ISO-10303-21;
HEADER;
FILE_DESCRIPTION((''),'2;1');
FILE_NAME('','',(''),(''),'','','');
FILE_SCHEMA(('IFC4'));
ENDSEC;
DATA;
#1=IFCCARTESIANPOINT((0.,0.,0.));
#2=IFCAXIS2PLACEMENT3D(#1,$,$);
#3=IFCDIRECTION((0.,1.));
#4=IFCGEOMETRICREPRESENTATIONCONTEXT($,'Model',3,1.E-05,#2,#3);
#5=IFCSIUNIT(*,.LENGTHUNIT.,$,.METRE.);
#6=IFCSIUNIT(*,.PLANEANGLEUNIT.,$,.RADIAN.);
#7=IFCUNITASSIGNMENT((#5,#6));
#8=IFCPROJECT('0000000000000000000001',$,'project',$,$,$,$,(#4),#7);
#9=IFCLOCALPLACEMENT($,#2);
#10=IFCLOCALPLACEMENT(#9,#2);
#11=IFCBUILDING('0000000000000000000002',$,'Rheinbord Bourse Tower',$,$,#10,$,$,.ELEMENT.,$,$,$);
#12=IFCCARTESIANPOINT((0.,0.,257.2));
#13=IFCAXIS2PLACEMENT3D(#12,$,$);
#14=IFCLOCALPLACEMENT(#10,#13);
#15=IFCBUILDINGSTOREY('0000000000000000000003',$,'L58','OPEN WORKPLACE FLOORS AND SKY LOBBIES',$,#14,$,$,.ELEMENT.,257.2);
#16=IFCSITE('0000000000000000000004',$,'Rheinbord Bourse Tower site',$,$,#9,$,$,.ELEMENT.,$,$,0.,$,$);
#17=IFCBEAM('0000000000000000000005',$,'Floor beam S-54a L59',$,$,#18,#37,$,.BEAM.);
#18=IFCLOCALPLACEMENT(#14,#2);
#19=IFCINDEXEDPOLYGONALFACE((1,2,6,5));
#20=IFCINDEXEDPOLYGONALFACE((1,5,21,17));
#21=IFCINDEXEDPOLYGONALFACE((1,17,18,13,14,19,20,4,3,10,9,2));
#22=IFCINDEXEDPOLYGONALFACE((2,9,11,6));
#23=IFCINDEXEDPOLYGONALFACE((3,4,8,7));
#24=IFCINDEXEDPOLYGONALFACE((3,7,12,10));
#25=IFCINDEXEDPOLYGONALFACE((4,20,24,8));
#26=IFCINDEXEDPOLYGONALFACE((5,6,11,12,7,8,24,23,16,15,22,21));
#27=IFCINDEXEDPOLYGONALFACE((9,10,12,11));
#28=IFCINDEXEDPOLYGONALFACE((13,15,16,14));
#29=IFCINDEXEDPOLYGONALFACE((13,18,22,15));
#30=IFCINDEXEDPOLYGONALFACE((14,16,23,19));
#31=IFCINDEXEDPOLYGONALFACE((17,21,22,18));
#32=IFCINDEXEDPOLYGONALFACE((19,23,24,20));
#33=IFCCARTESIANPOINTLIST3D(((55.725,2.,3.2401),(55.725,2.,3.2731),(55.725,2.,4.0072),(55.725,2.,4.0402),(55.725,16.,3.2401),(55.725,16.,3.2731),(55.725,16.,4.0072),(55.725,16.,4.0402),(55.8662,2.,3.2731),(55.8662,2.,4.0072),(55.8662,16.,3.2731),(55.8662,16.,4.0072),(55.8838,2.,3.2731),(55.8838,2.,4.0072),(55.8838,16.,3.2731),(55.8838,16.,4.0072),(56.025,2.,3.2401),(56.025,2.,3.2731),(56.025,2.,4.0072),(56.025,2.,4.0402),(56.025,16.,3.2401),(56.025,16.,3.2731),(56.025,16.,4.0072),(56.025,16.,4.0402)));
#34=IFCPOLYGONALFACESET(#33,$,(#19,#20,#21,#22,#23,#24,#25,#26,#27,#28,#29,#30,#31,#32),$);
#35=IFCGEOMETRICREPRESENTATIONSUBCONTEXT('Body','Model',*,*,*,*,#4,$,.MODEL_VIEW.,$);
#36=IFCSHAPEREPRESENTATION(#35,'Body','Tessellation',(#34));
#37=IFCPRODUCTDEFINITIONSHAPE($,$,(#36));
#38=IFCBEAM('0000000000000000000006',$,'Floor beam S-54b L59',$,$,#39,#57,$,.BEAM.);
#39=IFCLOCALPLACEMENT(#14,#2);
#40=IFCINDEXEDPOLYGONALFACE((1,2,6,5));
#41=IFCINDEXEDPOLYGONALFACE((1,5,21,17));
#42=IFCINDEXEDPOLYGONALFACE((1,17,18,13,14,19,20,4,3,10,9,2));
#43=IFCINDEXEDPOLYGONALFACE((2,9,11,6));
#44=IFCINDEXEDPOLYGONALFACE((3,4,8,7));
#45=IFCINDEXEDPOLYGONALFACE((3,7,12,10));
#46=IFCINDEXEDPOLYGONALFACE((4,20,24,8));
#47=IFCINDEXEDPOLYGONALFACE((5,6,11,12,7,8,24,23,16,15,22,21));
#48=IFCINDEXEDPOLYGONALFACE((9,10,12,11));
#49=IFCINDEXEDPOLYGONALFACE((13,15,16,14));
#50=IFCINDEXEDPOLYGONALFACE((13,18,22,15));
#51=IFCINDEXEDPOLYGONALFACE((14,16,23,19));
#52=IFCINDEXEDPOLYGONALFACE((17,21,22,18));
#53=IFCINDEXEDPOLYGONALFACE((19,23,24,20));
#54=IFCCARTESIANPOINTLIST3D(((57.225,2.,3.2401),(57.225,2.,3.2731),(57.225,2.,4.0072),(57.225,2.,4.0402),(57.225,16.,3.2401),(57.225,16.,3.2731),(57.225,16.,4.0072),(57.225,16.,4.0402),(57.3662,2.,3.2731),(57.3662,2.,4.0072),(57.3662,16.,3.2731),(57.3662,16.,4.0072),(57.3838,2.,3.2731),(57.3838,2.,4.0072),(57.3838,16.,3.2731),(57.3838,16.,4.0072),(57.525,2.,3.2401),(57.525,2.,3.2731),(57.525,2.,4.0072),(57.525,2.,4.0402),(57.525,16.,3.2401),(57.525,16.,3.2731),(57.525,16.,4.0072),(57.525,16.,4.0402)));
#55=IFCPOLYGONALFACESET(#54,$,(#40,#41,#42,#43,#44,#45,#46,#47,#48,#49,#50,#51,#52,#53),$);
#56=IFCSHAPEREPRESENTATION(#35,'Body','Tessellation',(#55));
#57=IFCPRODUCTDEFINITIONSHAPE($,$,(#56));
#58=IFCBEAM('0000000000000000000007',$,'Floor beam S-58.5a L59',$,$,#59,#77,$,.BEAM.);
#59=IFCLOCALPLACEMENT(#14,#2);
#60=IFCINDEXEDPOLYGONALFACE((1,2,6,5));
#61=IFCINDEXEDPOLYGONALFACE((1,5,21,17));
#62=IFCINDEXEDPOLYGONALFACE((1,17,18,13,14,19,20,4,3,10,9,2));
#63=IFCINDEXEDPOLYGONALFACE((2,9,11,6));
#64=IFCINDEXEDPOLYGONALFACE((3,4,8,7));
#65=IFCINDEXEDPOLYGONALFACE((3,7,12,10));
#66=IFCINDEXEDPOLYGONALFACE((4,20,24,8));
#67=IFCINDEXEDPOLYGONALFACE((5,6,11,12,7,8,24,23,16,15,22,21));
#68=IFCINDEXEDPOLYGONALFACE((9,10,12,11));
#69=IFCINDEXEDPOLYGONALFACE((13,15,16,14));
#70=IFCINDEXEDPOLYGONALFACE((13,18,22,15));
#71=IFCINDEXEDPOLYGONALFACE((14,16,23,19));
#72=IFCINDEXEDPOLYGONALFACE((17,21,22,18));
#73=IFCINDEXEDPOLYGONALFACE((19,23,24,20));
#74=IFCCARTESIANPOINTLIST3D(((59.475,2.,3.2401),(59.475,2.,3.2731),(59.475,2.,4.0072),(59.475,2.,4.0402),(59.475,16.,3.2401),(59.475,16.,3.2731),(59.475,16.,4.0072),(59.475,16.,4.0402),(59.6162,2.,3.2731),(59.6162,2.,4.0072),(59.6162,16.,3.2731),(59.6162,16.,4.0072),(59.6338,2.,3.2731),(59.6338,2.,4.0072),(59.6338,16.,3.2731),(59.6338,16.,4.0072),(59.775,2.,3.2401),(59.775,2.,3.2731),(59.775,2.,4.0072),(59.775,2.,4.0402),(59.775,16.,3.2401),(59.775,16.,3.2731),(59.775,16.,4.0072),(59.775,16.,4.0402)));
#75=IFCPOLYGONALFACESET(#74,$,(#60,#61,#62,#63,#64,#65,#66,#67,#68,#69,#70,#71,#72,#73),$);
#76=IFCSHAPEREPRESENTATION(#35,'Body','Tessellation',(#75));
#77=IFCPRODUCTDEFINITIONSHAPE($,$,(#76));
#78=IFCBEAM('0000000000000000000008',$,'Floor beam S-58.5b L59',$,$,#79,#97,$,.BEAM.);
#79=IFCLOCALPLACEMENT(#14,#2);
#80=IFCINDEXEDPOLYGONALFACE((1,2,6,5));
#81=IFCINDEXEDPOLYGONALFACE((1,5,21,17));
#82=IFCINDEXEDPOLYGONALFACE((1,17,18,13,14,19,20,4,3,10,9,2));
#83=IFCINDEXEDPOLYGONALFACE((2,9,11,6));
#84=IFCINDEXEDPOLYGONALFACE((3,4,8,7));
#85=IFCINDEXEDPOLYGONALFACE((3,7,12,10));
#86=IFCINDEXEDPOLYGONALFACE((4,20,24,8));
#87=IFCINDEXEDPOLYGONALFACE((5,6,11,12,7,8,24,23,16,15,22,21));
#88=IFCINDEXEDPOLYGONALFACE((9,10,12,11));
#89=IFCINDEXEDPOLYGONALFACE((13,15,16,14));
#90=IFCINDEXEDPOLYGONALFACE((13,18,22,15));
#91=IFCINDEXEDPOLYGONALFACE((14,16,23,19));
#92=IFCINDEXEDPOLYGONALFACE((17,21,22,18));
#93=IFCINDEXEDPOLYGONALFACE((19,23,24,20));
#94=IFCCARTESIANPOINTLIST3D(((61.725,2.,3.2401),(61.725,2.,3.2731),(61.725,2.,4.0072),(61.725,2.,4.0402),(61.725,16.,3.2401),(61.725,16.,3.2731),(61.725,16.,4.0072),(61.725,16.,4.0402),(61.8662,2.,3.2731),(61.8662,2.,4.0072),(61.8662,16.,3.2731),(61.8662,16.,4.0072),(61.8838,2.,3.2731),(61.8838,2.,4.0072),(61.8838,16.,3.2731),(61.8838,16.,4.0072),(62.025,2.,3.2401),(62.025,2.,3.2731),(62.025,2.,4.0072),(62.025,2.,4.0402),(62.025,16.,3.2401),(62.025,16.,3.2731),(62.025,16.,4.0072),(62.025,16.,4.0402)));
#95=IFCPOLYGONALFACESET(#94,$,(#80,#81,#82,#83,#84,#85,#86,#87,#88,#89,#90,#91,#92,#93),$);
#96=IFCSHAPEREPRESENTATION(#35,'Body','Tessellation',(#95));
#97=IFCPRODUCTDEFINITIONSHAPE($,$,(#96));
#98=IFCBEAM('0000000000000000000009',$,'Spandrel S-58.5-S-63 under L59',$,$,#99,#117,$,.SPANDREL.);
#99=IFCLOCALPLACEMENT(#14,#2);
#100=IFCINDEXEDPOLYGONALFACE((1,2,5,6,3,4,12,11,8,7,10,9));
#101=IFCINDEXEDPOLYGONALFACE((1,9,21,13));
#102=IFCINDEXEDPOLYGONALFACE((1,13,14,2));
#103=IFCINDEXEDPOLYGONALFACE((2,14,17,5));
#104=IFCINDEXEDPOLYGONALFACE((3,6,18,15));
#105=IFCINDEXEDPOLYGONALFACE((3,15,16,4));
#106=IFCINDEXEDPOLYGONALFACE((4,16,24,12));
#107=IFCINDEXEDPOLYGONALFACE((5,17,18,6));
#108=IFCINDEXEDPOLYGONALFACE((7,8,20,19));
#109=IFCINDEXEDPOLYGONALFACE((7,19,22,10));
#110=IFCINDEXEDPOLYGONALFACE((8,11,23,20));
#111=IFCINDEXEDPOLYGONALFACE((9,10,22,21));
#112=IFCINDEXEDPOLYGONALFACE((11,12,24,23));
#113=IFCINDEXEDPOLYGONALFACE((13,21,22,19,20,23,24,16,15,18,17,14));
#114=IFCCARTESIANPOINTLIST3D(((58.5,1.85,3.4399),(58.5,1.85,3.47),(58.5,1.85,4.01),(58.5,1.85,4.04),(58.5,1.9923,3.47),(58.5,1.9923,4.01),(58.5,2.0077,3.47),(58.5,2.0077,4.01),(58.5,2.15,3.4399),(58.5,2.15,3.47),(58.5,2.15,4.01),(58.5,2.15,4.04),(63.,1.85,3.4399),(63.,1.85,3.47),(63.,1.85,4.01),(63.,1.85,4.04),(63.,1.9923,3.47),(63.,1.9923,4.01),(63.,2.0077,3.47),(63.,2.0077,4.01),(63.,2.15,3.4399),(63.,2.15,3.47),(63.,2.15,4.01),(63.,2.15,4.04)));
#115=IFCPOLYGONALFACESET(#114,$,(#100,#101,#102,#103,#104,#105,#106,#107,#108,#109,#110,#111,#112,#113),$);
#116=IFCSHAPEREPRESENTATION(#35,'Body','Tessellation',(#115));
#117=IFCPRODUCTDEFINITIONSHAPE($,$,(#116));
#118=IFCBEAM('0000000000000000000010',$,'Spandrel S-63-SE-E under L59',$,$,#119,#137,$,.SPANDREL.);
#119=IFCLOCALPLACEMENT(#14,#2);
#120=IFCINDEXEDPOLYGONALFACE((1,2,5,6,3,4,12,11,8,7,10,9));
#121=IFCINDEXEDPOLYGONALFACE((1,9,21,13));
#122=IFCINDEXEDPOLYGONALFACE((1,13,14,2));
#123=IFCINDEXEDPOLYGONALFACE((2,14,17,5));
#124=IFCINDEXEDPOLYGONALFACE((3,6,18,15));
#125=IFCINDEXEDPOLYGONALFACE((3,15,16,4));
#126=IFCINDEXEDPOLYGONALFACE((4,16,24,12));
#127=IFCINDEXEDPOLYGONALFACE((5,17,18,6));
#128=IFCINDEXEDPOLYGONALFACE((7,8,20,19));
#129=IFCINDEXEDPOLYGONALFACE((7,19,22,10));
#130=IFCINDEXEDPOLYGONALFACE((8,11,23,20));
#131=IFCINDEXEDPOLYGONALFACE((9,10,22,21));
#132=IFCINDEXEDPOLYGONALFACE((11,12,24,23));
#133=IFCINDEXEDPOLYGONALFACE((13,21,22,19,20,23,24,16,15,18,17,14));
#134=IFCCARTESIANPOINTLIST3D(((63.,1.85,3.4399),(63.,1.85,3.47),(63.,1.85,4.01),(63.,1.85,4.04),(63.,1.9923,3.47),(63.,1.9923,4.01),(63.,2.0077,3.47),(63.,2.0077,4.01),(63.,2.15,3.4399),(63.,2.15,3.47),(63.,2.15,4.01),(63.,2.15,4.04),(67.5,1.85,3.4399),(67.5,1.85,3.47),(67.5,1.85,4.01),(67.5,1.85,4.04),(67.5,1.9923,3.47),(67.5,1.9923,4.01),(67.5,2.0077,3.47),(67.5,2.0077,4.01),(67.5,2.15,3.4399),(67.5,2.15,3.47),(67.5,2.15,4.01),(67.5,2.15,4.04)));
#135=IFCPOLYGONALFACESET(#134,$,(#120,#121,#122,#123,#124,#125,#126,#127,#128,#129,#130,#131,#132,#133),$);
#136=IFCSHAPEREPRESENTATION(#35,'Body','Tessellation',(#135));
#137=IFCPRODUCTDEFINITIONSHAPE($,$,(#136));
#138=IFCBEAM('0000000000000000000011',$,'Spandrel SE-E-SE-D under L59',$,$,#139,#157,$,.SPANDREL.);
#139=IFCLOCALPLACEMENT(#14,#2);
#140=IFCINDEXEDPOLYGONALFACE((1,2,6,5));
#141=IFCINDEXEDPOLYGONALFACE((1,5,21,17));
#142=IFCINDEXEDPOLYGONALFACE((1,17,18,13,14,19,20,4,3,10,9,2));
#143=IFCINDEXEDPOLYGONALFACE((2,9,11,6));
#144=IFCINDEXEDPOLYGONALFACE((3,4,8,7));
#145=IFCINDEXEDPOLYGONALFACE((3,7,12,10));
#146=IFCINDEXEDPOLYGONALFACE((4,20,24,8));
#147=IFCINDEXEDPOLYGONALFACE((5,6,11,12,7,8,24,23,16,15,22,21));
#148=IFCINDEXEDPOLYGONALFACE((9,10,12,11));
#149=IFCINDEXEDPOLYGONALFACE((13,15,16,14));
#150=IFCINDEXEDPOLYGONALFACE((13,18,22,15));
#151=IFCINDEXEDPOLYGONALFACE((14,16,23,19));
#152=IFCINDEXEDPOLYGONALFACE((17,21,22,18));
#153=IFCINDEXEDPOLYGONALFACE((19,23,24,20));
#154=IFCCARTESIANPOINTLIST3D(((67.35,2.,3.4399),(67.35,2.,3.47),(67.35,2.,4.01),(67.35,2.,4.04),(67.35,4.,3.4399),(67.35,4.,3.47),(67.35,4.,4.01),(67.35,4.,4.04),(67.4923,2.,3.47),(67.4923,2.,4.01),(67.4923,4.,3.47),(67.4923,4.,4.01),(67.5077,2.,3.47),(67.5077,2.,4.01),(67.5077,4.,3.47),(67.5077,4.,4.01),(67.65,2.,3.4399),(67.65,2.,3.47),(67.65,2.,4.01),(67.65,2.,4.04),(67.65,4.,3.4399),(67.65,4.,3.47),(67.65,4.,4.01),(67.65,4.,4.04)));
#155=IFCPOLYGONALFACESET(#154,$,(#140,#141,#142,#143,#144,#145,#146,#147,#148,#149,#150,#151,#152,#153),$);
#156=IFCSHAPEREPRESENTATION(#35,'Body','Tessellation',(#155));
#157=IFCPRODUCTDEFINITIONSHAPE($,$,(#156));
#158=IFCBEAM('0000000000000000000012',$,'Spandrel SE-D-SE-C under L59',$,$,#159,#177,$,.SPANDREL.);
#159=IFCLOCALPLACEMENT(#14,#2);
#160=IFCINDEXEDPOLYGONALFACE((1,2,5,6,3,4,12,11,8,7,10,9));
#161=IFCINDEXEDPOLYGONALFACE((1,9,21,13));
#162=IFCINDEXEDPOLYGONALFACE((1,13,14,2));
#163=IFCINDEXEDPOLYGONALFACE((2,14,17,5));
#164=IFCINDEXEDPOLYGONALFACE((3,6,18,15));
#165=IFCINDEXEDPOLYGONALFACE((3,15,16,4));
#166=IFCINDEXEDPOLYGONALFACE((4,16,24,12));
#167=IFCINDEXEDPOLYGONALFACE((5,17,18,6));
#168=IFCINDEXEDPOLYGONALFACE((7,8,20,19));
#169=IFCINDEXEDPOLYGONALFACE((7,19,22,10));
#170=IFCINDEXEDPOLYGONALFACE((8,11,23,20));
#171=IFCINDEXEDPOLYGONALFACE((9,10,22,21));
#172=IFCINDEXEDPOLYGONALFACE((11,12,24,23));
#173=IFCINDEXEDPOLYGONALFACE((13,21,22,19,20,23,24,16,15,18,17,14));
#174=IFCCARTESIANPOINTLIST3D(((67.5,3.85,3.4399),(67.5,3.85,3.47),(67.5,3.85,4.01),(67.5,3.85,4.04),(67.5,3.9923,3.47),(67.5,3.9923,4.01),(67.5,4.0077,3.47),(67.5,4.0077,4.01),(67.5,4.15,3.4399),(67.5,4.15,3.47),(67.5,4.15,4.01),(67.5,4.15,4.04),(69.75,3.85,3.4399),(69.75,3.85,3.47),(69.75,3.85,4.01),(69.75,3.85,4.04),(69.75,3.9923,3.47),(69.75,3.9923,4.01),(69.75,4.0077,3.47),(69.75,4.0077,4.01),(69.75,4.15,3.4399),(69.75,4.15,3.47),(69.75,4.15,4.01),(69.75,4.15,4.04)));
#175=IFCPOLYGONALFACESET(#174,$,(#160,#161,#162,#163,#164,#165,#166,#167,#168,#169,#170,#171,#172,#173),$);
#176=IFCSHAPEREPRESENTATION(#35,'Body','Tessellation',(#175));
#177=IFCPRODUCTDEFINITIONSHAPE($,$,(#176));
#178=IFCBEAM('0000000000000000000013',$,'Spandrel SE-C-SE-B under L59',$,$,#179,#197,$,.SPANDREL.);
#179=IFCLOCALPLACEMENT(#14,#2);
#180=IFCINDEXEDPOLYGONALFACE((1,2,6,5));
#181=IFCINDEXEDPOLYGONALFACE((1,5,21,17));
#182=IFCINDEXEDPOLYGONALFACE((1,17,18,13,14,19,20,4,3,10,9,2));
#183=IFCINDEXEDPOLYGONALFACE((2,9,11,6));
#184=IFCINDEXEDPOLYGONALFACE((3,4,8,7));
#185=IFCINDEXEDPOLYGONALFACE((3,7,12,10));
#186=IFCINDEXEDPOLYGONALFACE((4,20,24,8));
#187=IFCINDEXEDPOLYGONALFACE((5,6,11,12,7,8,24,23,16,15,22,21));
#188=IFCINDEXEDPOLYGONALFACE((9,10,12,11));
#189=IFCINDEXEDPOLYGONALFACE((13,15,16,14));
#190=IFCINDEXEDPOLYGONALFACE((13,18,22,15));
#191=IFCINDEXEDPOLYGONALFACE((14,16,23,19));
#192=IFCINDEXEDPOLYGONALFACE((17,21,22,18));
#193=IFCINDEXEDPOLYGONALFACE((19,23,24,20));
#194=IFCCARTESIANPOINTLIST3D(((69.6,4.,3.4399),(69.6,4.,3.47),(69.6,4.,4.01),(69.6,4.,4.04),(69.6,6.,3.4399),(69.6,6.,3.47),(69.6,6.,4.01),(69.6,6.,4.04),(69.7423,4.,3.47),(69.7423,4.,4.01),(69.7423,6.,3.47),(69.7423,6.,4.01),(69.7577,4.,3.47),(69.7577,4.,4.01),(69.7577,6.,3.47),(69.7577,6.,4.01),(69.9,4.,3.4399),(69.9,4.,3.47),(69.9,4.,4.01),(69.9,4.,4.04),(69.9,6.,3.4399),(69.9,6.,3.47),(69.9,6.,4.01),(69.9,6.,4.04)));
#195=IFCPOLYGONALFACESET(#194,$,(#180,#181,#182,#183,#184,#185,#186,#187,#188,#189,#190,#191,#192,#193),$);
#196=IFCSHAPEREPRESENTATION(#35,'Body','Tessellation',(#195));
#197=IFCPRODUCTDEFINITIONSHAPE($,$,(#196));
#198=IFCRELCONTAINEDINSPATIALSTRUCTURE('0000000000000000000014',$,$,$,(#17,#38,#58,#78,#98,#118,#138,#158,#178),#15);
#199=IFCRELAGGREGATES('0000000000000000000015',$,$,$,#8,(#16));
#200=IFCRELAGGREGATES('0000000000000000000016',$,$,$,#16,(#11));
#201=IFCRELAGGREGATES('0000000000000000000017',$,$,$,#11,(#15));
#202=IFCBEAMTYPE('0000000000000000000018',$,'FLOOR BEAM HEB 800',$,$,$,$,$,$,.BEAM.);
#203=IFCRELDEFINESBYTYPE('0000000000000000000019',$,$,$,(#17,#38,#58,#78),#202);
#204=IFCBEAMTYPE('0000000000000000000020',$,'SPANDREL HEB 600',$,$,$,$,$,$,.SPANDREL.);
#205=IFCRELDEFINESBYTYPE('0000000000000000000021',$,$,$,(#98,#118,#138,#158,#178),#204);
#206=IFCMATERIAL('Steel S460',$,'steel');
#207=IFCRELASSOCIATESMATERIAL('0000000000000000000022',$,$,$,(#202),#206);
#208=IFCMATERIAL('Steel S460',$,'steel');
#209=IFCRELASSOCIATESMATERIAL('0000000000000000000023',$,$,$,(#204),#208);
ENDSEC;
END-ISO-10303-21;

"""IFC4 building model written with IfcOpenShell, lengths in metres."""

from ifc_helpers import new_model, si_unit, direction, frame, origin, origin_2d, place, context, subcontext, project, spatial, i_section, extrude, material, material_profile, profile_set, type_object, element, save


model = new_model("IFC4")

# Units and contexts
model_context = context("Model", 3, precision=1e-05, world=origin(), true_north=direction((0.0, 1.0)))
body_context = subcontext(model_context, "Body", "Model", "MODEL_VIEW")
ifc_project = project(units=[si_unit("LENGTHUNIT", "METRE"), si_unit("PLANEANGLEUNIT", "RADIAN")], contexts=[model_context])

# Site, building, storey
site_placement = place(None, origin())
site = spatial("IfcSite", under=ifc_project, at=site_placement, Name="Rheinbord Bourse Tower site", CompositionType="ELEMENT", RefElevation=0.0)
building_placement = place(site_placement, origin())
building = spatial("IfcBuilding", under=site, at=building_placement, Name="Rheinbord Bourse Tower", CompositionType="ELEMENT")
storey_placement = place(building_placement, frame((0.0, 0.0, 257.2)))
storey = spatial("IfcBuildingStorey", under=building, at=storey_placement, Name="L58", Description="OPEN WORKPLACE FLOORS AND SKY LOBBIES", CompositionType="ELEMENT", Elevation=257.2)

# Beams
ifc_material_1 = material(Name="Steel S460", Category="steel")
ifc_material_profile_1 = material_profile(ifc_material_1, i_section(OverallWidth=0.3, OverallDepth=0.8, WebThickness=0.0176, FlangeThickness=0.033, at=origin_2d()), Name="HEB 800")
ifc_profile_set_1 = profile_set([ifc_material_profile_1], Name="Steel S460")
beam_type_1 = type_object("IfcBeamType", Name="FLOOR BEAM HEB 800", PredefinedType="BEAM", material=ifc_profile_set_1)
for number, where, z_axis, x_axis, name in (
    (1, (55.875, 2.0, 3.6401), (0.0, 1.0, 0.0), (-1.0, 0.0, 0.0), "Floor beam S-54a L59"),
    (2, (57.375, 2.0, 3.6401), (0.0, 1.0, 0.0), (-1.0, 0.0, 0.0), "Floor beam S-54b L59"),
    (3, (59.625, 2.0, 3.6401), (0.0, 1.0, 0.0), (-1.0, 0.0, 0.0), "Floor beam S-58.5a L59"),
    (4, (61.875, 2.0, 3.6401), (0.0, 1.0, 0.0), (-1.0, 0.0, 0.0), "Floor beam S-58.5b L59"),
):
    element("IfcBeam", number, at=place(storey_placement, frame(where, z_axis=z_axis, x_axis=x_axis)), inside=storey, type_object=beam_type_1, Name=name, PredefinedType="BEAM", context=body_context, shape_type="SweptSolid", body=[
        extrude(i_section(OverallWidth=0.3, OverallDepth=0.8, WebThickness=0.0176, FlangeThickness=0.033, at=origin_2d()), origin(), (0.0, 0.0, 1.0), 14.0),
    ])
ifc_material_2 = material(Name="Steel S460", Category="steel")
ifc_material_profile_2 = material_profile(ifc_material_2, i_section(OverallWidth=0.3, OverallDepth=0.6001, WebThickness=0.0154, FlangeThickness=0.03, at=origin_2d()), Name="HEB 600")
ifc_profile_set_2 = profile_set([ifc_material_profile_2], Name="Steel S460")
beam_type_2 = type_object("IfcBeamType", Name="SPANDREL HEB 600", PredefinedType="SPANDREL", material=ifc_profile_set_2)
for number, where, z_axis, x_axis, name in (
    (5, (58.5, 2.0, 3.74), (1.0, 0.0, 0.0), (0.0, 1.0, 0.0), "Spandrel S-58.5-S-63 under L59"),
    (6, (63.0, 2.0, 3.74), (1.0, 0.0, 0.0), (0.0, 1.0, 0.0), "Spandrel S-63-SE-E under L59"),
):
    element("IfcBeam", number, at=place(storey_placement, frame(where, z_axis=z_axis, x_axis=x_axis)), inside=storey, type_object=beam_type_2, Name=name, PredefinedType="SPANDREL", context=body_context, shape_type="SweptSolid", body=[
        extrude(i_section(OverallWidth=0.3, OverallDepth=0.6001, WebThickness=0.0154, FlangeThickness=0.03, at=origin_2d()), origin(), (0.0, 0.0, 1.0), 4.5),
    ])
beam_1_placement = place(storey_placement, frame((67.5, 2.0, 3.74), z_axis=(0.0, 1.0, 0.0), x_axis=(-1.0, 0.0, 0.0)))
element("IfcBeam", 7, at=beam_1_placement, inside=storey, type_object=beam_type_2, Name="Spandrel SE-E-SE-D under L59", PredefinedType="SPANDREL", context=body_context, shape_type="SweptSolid", body=[
    extrude(i_section(OverallWidth=0.3, OverallDepth=0.6001, WebThickness=0.0154, FlangeThickness=0.03, at=origin_2d()), origin(), (0.0, 0.0, 1.0), 2.0),
])
beam_2_placement = place(storey_placement, frame((67.5, 4.0, 3.74), z_axis=(1.0, 0.0, 0.0), x_axis=(0.0, 1.0, 0.0)))
element("IfcBeam", 8, at=beam_2_placement, inside=storey, type_object=beam_type_2, Name="Spandrel SE-D-SE-C under L59", PredefinedType="SPANDREL", context=body_context, shape_type="SweptSolid", body=[
    extrude(i_section(OverallWidth=0.3, OverallDepth=0.6001, WebThickness=0.0154, FlangeThickness=0.03, at=origin_2d()), origin(), (0.0, 0.0, 1.0), 2.25),
])
beam_3_placement = place(storey_placement, frame((69.75, 4.0, 3.74), z_axis=(0.0, 1.0, 0.0), x_axis=(-1.0, 0.0, 0.0)))
element("IfcBeam", 9, at=beam_3_placement, inside=storey, type_object=beam_type_2, Name="Spandrel SE-C-SE-B under L59", PredefinedType="SPANDREL", context=body_context, shape_type="SweptSolid", body=[
    extrude(i_section(OverallWidth=0.3, OverallDepth=0.6001, WebThickness=0.0154, FlangeThickness=0.03, at=origin_2d()), origin(), (0.0, 0.0, 1.0), 2.0),
])

save(model, "model.ifc")
